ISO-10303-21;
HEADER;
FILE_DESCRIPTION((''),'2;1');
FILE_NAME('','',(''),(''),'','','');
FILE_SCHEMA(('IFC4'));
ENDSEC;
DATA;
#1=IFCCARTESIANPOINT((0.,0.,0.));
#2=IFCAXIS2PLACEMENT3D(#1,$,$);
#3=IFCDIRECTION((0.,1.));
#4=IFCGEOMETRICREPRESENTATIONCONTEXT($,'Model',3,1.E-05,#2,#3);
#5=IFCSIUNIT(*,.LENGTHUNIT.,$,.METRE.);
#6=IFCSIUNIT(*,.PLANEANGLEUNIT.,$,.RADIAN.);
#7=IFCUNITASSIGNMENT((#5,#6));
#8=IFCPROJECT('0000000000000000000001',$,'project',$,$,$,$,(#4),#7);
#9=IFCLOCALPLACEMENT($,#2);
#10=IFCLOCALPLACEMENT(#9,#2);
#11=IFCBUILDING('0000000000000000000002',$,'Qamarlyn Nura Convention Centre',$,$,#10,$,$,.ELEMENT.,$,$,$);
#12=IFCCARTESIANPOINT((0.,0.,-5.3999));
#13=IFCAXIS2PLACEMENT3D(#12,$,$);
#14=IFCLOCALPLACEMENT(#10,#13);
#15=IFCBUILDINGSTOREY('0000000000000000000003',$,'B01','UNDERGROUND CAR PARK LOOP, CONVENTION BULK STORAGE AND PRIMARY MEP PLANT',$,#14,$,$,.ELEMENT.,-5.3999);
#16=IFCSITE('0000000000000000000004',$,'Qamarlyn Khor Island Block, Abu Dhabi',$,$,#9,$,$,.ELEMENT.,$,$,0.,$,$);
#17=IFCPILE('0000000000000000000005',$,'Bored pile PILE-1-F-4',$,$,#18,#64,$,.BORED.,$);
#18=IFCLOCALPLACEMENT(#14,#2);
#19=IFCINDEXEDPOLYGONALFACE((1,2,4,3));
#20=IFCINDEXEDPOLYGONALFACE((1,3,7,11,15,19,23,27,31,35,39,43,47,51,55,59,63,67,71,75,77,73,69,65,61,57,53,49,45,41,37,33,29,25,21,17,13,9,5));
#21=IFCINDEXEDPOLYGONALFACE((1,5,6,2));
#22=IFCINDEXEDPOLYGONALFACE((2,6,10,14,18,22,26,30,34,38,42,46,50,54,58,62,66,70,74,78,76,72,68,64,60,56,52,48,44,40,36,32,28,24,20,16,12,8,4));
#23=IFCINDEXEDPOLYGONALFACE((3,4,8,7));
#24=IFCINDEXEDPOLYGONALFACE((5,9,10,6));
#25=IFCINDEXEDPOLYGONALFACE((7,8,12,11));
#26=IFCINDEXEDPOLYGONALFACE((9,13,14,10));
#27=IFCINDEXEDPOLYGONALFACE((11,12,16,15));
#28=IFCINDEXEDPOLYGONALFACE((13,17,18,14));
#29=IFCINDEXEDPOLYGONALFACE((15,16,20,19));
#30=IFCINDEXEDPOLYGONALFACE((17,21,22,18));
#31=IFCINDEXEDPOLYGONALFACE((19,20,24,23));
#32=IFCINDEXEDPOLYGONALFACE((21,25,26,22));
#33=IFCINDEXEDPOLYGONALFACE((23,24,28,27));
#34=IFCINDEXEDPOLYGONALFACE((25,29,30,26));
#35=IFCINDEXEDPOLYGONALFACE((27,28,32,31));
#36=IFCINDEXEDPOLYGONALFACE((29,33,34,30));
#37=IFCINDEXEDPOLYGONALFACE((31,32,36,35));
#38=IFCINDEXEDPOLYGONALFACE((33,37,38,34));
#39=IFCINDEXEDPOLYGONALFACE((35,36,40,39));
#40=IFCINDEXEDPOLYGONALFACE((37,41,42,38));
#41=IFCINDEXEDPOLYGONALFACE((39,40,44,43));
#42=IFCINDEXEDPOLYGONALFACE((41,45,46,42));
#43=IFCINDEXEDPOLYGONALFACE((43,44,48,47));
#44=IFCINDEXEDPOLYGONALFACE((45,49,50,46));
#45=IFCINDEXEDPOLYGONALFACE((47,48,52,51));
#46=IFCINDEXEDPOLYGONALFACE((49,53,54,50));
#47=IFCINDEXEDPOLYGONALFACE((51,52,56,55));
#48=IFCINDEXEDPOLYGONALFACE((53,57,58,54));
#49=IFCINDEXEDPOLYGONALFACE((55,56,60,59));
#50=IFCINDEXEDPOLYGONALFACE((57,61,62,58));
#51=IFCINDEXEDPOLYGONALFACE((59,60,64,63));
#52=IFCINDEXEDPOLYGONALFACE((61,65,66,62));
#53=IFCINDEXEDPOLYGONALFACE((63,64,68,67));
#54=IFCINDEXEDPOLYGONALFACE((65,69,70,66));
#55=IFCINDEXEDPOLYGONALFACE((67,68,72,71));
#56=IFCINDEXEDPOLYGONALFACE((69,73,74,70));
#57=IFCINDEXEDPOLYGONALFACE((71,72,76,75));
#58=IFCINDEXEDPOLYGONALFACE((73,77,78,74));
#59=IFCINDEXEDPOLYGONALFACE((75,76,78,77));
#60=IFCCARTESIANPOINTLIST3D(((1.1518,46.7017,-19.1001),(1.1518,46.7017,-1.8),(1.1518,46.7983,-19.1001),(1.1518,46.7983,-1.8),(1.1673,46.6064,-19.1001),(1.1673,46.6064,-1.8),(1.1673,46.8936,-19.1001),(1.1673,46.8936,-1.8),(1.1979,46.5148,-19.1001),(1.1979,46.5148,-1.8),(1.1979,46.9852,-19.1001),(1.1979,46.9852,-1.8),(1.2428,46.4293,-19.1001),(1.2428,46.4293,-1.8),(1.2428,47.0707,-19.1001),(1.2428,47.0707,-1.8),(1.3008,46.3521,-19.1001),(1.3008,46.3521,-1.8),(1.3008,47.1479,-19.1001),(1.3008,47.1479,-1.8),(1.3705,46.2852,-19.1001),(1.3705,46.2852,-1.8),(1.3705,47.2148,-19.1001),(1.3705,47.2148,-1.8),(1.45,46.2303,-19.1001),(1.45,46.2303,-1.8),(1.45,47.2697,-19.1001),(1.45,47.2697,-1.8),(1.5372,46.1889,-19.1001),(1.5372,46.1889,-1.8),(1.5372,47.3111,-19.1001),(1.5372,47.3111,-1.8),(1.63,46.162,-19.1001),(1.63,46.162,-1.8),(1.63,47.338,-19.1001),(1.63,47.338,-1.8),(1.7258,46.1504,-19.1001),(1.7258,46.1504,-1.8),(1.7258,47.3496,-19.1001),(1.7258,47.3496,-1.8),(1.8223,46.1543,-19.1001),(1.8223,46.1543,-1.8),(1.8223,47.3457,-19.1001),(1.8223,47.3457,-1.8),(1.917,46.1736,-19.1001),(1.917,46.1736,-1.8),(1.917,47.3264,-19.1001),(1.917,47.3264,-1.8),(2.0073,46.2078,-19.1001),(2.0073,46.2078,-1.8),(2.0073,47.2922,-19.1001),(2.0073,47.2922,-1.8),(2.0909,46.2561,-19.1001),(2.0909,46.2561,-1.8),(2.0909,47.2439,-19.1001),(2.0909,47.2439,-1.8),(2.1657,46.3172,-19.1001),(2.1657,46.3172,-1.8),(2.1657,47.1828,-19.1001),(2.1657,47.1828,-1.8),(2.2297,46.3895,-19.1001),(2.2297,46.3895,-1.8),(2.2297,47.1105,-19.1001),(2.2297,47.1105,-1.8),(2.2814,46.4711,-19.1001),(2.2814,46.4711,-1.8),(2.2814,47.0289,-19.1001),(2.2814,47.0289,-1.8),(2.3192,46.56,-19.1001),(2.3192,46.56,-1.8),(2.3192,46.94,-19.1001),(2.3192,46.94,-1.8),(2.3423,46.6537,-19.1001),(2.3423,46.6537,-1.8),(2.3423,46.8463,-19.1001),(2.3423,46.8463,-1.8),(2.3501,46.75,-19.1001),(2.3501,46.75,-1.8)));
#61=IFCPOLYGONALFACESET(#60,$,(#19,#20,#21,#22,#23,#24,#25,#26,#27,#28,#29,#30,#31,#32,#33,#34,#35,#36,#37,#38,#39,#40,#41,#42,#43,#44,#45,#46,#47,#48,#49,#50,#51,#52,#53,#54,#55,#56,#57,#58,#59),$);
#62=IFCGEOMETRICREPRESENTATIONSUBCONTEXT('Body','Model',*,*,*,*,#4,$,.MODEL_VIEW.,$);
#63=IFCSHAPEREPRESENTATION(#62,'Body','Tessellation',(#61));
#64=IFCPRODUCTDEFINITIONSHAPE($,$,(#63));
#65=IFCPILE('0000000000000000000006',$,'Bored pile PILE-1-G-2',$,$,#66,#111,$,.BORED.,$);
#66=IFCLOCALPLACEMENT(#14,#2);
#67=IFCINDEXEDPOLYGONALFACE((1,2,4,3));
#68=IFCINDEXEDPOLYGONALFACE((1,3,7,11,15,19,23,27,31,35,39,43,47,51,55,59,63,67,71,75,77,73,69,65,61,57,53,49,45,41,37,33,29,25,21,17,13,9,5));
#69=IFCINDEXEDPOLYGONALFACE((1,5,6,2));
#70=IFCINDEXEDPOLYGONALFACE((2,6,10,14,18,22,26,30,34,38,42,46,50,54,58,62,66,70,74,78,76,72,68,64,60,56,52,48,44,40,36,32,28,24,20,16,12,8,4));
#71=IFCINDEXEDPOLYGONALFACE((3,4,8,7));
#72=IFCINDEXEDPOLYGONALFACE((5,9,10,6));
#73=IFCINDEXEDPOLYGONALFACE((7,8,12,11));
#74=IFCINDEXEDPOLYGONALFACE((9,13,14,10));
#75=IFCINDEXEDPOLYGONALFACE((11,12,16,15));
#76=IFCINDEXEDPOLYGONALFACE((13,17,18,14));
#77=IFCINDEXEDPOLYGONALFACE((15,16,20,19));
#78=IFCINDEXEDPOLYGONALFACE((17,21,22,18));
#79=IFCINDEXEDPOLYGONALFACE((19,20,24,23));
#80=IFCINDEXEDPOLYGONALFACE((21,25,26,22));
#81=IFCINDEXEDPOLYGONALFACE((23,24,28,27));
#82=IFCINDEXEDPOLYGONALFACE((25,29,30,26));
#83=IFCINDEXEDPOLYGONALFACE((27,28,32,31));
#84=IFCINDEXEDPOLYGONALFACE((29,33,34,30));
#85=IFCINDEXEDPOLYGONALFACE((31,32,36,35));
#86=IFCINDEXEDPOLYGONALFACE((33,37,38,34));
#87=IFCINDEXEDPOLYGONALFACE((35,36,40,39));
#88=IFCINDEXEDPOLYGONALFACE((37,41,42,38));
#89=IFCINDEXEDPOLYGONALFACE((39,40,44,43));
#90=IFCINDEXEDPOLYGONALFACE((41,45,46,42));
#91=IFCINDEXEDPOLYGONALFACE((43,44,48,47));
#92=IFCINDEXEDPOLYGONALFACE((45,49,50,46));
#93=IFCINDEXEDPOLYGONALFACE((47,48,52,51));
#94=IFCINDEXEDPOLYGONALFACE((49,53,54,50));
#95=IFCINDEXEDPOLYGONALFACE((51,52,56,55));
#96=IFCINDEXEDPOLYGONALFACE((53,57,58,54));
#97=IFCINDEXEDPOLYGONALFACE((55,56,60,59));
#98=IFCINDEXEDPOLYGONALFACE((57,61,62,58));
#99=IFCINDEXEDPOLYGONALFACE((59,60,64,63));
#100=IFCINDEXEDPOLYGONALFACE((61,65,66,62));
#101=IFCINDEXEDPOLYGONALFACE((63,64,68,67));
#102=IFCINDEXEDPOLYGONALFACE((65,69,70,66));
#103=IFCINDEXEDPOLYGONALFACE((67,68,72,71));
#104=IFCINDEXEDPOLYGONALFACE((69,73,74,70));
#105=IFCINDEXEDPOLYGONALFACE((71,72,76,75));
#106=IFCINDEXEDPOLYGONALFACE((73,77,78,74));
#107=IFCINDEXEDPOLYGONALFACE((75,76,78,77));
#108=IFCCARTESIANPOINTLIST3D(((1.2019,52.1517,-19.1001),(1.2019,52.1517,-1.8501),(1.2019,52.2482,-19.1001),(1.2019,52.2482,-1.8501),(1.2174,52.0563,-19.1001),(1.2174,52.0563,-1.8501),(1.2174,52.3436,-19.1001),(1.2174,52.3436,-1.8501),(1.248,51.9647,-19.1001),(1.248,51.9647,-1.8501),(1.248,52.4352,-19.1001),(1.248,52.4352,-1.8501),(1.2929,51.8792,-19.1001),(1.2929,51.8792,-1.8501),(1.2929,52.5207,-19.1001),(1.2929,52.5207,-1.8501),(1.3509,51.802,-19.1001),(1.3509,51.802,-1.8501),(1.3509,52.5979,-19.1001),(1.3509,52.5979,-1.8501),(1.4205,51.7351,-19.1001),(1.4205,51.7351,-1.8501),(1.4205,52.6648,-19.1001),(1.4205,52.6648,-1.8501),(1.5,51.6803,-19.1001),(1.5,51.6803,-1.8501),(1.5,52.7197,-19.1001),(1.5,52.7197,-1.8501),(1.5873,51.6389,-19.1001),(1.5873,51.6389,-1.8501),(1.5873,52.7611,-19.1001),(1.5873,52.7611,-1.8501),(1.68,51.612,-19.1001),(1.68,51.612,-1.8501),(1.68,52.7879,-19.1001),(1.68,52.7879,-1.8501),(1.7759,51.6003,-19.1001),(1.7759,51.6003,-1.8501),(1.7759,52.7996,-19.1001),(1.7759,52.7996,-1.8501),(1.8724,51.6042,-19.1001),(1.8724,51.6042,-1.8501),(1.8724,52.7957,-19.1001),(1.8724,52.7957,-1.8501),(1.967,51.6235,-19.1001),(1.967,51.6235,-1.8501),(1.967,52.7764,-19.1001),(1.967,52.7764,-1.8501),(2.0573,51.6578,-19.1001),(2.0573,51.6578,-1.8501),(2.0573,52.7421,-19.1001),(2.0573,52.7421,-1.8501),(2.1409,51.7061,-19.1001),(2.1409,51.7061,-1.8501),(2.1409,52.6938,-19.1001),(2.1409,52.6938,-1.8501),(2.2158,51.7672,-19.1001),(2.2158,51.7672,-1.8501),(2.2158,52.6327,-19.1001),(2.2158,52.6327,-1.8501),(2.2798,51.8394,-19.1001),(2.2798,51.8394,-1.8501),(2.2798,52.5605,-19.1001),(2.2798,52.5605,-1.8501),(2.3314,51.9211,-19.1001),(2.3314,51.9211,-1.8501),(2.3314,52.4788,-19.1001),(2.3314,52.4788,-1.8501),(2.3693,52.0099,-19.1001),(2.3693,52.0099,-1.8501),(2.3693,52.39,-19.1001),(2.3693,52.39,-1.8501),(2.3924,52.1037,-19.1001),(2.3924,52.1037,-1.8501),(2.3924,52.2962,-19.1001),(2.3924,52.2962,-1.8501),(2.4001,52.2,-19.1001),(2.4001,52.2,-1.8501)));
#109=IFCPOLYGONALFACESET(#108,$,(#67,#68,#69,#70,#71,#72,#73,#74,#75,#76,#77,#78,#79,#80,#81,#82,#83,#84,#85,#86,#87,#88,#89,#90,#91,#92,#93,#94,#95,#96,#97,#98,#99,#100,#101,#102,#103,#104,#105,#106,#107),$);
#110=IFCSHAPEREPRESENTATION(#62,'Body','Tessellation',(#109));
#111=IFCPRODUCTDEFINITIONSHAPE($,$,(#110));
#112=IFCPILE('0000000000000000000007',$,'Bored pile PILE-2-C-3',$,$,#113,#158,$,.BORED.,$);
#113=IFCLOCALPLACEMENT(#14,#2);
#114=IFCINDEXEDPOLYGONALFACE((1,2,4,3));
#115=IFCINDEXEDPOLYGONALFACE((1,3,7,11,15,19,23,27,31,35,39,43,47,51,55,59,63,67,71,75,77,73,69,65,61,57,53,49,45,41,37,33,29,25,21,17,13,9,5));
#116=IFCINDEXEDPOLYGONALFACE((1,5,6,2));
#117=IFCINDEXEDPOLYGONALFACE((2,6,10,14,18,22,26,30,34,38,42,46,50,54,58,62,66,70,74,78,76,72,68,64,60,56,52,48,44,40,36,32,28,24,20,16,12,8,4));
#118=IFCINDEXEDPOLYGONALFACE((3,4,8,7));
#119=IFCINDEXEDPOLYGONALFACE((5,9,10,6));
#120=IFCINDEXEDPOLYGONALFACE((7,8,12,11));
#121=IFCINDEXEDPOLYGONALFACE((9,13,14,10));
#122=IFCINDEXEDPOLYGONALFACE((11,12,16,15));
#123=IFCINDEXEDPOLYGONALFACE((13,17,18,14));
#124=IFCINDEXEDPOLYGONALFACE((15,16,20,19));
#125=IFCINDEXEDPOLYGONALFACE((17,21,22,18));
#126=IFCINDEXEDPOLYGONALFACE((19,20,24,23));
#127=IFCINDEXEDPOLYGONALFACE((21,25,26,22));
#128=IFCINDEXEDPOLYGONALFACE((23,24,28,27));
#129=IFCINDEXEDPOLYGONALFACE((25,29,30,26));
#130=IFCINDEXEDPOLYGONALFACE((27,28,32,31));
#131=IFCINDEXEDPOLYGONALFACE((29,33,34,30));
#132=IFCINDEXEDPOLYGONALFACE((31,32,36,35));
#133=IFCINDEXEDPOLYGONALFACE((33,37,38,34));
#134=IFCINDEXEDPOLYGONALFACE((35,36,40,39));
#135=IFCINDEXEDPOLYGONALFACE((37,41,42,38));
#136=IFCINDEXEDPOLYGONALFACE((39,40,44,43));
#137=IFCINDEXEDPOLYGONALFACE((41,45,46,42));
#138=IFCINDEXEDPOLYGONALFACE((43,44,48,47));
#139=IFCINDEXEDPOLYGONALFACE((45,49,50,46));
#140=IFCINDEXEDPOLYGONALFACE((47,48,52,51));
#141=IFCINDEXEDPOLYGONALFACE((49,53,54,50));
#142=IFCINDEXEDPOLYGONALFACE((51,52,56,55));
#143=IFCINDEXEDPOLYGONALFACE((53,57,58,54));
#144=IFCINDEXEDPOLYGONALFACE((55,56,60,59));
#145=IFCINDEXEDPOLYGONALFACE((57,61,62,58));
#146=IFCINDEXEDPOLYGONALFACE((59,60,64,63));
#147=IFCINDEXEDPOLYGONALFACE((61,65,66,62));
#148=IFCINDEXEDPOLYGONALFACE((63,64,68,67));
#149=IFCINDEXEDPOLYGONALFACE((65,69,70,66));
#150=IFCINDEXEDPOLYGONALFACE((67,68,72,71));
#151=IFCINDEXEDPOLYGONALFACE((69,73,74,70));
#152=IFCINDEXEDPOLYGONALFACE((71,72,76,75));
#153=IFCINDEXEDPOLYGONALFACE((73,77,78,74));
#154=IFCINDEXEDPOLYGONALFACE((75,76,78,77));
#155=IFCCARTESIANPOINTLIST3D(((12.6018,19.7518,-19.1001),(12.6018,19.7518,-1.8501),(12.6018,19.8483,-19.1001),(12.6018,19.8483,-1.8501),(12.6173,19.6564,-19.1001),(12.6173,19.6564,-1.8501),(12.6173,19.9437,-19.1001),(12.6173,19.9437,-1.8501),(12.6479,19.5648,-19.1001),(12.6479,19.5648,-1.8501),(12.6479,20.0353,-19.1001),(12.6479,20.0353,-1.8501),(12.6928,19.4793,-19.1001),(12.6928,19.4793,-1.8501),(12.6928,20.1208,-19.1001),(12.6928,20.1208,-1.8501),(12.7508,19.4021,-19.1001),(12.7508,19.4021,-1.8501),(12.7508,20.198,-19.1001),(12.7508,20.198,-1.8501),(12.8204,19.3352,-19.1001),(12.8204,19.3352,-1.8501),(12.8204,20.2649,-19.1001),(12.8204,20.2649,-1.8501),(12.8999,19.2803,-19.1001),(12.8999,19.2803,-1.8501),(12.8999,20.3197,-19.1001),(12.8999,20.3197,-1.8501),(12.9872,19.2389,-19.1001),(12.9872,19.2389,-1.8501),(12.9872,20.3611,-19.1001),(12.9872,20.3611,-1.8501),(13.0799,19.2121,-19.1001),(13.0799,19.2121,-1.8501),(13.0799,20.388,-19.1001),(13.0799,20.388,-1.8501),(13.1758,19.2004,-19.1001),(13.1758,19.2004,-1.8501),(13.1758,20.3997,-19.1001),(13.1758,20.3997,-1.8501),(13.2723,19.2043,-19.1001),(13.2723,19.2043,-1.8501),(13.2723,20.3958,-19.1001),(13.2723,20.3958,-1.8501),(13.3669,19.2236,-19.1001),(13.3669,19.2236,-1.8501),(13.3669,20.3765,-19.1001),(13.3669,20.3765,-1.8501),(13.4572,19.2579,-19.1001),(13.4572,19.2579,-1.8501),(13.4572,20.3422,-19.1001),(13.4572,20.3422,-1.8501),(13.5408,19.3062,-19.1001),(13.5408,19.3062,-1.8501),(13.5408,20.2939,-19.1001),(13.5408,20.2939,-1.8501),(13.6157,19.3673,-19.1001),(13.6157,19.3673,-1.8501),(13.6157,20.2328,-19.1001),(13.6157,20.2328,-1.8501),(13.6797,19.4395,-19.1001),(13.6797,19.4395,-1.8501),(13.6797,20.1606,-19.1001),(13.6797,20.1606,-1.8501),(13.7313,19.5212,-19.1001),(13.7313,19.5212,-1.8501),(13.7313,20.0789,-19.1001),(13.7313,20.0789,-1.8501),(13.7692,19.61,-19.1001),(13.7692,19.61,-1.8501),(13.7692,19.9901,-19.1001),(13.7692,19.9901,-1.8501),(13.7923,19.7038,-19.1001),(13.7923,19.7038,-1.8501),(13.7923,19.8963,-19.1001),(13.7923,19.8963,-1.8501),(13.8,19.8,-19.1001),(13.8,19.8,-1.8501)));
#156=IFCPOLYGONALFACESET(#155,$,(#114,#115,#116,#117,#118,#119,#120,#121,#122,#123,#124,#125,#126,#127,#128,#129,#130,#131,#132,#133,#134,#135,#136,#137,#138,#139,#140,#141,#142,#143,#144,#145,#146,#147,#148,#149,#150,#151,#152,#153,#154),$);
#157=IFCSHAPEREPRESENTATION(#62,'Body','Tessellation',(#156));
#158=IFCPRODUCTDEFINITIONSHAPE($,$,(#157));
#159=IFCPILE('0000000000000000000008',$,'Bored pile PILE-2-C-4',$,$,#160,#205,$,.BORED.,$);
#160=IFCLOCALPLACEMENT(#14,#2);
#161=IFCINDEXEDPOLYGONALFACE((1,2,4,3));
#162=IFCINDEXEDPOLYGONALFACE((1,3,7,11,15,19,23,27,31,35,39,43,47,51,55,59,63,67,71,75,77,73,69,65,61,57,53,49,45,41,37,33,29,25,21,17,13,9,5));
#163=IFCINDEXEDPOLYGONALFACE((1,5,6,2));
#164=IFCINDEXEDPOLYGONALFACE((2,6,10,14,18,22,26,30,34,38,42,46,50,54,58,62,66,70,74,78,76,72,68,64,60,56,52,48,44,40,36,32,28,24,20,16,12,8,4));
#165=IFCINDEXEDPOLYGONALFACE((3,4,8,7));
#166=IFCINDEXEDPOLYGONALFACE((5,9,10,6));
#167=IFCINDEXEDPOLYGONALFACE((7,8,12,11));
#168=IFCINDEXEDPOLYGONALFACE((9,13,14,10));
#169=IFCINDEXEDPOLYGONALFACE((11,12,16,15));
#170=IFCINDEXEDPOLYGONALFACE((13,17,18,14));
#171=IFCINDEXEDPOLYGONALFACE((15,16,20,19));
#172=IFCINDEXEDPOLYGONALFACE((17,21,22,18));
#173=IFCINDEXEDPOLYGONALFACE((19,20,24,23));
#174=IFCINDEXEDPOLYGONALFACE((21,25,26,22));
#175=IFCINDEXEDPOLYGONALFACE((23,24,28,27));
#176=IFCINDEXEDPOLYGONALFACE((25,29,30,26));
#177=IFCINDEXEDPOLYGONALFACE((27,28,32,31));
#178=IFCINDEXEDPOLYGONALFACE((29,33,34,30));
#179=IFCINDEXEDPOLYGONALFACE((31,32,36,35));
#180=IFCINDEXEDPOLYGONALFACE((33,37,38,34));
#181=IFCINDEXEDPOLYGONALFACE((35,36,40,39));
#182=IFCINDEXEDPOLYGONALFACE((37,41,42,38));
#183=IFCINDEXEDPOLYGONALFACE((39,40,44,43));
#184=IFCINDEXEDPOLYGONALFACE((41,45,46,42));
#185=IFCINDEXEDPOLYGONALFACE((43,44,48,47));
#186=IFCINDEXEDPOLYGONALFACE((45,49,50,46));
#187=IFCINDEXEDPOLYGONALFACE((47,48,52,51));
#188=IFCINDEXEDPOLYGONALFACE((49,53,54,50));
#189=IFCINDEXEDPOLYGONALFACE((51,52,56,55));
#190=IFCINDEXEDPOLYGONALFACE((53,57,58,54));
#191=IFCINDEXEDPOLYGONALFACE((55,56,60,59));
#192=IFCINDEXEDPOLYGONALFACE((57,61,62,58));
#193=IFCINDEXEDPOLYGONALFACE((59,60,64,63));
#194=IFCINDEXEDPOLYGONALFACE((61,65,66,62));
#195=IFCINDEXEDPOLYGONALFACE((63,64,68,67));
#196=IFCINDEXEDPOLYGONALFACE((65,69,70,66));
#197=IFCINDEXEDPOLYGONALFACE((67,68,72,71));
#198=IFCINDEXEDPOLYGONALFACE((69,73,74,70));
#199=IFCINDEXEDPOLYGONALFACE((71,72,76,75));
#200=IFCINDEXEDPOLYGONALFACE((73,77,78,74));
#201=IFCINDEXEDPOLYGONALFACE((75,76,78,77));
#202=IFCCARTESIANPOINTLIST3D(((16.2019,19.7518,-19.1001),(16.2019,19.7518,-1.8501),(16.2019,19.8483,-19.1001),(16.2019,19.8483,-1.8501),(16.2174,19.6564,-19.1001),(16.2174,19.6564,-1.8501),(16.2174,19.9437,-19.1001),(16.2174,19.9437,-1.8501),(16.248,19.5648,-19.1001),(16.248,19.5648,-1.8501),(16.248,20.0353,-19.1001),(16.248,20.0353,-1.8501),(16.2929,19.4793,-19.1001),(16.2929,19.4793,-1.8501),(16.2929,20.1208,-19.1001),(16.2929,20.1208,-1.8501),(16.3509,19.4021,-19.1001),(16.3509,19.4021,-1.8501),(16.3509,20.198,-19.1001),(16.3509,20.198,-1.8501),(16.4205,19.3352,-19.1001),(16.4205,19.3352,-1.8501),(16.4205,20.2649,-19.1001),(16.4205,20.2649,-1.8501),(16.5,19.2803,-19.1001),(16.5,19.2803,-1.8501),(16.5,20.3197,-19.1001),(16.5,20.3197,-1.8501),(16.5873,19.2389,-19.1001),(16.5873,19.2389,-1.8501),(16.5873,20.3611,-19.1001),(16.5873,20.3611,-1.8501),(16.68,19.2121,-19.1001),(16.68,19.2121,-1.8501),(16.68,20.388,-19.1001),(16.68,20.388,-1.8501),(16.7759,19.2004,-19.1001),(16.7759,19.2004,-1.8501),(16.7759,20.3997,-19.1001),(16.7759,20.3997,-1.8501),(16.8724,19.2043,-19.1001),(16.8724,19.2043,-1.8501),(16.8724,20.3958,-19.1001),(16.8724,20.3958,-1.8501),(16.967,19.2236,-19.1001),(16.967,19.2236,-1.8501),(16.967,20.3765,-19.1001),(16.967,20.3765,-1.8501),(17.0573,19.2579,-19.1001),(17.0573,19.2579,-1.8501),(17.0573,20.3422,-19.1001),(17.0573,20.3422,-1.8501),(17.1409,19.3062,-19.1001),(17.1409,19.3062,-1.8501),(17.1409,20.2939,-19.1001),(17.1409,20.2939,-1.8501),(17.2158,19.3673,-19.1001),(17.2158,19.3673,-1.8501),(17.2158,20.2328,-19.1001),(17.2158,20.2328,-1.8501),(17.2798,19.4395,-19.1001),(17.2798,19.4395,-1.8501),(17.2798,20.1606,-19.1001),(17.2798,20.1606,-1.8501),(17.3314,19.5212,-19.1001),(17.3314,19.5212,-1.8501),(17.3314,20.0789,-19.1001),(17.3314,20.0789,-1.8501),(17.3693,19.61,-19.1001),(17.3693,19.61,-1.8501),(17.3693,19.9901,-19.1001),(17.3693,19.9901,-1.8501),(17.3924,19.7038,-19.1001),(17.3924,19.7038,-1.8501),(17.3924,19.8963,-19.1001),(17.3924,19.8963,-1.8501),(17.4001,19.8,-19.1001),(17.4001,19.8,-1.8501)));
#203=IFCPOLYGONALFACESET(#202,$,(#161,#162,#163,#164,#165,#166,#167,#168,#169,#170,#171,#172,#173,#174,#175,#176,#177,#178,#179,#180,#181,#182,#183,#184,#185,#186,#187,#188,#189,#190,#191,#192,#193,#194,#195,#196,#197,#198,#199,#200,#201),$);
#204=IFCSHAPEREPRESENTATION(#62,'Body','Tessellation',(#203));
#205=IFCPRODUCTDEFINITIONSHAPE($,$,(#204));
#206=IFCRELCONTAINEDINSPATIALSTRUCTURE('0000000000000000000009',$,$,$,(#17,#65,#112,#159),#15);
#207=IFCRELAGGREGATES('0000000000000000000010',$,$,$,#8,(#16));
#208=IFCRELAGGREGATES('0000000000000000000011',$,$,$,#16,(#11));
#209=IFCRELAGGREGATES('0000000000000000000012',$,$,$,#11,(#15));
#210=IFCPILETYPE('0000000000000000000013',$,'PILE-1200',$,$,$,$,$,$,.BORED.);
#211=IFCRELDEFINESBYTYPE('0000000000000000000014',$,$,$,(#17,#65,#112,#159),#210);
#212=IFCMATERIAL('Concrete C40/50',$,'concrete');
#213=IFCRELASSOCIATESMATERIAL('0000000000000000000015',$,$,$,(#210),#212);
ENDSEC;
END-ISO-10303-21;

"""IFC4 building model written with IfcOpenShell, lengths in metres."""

from ifc_helpers import new_model, si_unit, direction, frame, origin, origin_2d, place, context, subcontext, project, spatial, circle, extrude, material, material_profile, profile_set, type_object, element, save


model = new_model("IFC4")

# Units and contexts
model_context = context("Model", 3, precision=1e-05, world=origin(), true_north=direction((0.0, 1.0)))
body_context = subcontext(model_context, "Body", "Model", "MODEL_VIEW")
ifc_project = project(units=[si_unit("LENGTHUNIT", "METRE"), si_unit("PLANEANGLEUNIT", "RADIAN")], contexts=[model_context])

# Site, building, storey
site_placement = place(None, origin())
site = spatial("IfcSite", under=ifc_project, at=site_placement, Name="Qamarlyn Khor Island Block, Abu Dhabi", CompositionType="ELEMENT", RefElevation=0.0)
building_placement = place(site_placement, origin())
building = spatial("IfcBuilding", under=site, at=building_placement, Name="Qamarlyn Nura Convention Centre", CompositionType="ELEMENT")
storey_placement = place(building_placement, frame((0.0, 0.0, -5.3999)))
storey = spatial("IfcBuildingStorey", under=building, at=storey_placement, Name="B01", Description="UNDERGROUND CAR PARK LOOP, CONVENTION BULK STORAGE AND PRIMARY MEP PLANT", CompositionType="ELEMENT", Elevation=-5.3999)

# Shared definitions
ifc_material_1 = material(Name="Concrete C40/50", Category="concrete")

# Piles
ifc_material_profile_1 = material_profile(ifc_material_1, circle(Radius=0.6001, at=origin_2d()), Name="BORED PILE 1200")
ifc_profile_set_1 = profile_set([ifc_material_profile_1], Name="Concrete C40/50")
pile_type_1 = type_object("IfcPileType", Name="PILE-1200", PredefinedType="BORED", material=ifc_profile_set_1)
pile_placement = place(storey_placement, frame((1.75, 46.75, -1.8), z_axis=(0.0, 0.0, -1.0), x_axis=(1.0, 0.0, 0.0)))
element("IfcPile", 1, at=pile_placement, inside=storey, type_object=pile_type_1, Name="Bored pile PILE-1-F-4", PredefinedType="BORED", context=body_context, shape_type="SweptSolid", body=[
    extrude(circle(Radius=0.6001, at=origin_2d()), origin(), (0.0, 0.0, 1.0), 17.3),
])
for number, where, z_axis, x_axis, name in (
    (2, (1.8, 52.2, -1.8501), (0.0, 0.0, -1.0), (1.0, 0.0, 0.0), "Bored pile PILE-1-G-2"),
    (3, (13.2, 19.8, -1.8501), (0.0, 0.0, -1.0), (1.0, 0.0, 0.0), "Bored pile PILE-2-C-3"),
    (4, (16.8, 19.8, -1.8501), (0.0, 0.0, -1.0), (1.0, 0.0, 0.0), "Bored pile PILE-2-C-4"),
):
    element("IfcPile", number, at=place(storey_placement, frame(where, z_axis=z_axis, x_axis=x_axis)), inside=storey, type_object=pile_type_1, Name=name, PredefinedType="BORED", context=body_context, shape_type="SweptSolid", body=[
        extrude(circle(Radius=0.6001, at=origin_2d()), origin(), (0.0, 0.0, 1.0), 17.25),
    ])

save(model, "model.ifc")
